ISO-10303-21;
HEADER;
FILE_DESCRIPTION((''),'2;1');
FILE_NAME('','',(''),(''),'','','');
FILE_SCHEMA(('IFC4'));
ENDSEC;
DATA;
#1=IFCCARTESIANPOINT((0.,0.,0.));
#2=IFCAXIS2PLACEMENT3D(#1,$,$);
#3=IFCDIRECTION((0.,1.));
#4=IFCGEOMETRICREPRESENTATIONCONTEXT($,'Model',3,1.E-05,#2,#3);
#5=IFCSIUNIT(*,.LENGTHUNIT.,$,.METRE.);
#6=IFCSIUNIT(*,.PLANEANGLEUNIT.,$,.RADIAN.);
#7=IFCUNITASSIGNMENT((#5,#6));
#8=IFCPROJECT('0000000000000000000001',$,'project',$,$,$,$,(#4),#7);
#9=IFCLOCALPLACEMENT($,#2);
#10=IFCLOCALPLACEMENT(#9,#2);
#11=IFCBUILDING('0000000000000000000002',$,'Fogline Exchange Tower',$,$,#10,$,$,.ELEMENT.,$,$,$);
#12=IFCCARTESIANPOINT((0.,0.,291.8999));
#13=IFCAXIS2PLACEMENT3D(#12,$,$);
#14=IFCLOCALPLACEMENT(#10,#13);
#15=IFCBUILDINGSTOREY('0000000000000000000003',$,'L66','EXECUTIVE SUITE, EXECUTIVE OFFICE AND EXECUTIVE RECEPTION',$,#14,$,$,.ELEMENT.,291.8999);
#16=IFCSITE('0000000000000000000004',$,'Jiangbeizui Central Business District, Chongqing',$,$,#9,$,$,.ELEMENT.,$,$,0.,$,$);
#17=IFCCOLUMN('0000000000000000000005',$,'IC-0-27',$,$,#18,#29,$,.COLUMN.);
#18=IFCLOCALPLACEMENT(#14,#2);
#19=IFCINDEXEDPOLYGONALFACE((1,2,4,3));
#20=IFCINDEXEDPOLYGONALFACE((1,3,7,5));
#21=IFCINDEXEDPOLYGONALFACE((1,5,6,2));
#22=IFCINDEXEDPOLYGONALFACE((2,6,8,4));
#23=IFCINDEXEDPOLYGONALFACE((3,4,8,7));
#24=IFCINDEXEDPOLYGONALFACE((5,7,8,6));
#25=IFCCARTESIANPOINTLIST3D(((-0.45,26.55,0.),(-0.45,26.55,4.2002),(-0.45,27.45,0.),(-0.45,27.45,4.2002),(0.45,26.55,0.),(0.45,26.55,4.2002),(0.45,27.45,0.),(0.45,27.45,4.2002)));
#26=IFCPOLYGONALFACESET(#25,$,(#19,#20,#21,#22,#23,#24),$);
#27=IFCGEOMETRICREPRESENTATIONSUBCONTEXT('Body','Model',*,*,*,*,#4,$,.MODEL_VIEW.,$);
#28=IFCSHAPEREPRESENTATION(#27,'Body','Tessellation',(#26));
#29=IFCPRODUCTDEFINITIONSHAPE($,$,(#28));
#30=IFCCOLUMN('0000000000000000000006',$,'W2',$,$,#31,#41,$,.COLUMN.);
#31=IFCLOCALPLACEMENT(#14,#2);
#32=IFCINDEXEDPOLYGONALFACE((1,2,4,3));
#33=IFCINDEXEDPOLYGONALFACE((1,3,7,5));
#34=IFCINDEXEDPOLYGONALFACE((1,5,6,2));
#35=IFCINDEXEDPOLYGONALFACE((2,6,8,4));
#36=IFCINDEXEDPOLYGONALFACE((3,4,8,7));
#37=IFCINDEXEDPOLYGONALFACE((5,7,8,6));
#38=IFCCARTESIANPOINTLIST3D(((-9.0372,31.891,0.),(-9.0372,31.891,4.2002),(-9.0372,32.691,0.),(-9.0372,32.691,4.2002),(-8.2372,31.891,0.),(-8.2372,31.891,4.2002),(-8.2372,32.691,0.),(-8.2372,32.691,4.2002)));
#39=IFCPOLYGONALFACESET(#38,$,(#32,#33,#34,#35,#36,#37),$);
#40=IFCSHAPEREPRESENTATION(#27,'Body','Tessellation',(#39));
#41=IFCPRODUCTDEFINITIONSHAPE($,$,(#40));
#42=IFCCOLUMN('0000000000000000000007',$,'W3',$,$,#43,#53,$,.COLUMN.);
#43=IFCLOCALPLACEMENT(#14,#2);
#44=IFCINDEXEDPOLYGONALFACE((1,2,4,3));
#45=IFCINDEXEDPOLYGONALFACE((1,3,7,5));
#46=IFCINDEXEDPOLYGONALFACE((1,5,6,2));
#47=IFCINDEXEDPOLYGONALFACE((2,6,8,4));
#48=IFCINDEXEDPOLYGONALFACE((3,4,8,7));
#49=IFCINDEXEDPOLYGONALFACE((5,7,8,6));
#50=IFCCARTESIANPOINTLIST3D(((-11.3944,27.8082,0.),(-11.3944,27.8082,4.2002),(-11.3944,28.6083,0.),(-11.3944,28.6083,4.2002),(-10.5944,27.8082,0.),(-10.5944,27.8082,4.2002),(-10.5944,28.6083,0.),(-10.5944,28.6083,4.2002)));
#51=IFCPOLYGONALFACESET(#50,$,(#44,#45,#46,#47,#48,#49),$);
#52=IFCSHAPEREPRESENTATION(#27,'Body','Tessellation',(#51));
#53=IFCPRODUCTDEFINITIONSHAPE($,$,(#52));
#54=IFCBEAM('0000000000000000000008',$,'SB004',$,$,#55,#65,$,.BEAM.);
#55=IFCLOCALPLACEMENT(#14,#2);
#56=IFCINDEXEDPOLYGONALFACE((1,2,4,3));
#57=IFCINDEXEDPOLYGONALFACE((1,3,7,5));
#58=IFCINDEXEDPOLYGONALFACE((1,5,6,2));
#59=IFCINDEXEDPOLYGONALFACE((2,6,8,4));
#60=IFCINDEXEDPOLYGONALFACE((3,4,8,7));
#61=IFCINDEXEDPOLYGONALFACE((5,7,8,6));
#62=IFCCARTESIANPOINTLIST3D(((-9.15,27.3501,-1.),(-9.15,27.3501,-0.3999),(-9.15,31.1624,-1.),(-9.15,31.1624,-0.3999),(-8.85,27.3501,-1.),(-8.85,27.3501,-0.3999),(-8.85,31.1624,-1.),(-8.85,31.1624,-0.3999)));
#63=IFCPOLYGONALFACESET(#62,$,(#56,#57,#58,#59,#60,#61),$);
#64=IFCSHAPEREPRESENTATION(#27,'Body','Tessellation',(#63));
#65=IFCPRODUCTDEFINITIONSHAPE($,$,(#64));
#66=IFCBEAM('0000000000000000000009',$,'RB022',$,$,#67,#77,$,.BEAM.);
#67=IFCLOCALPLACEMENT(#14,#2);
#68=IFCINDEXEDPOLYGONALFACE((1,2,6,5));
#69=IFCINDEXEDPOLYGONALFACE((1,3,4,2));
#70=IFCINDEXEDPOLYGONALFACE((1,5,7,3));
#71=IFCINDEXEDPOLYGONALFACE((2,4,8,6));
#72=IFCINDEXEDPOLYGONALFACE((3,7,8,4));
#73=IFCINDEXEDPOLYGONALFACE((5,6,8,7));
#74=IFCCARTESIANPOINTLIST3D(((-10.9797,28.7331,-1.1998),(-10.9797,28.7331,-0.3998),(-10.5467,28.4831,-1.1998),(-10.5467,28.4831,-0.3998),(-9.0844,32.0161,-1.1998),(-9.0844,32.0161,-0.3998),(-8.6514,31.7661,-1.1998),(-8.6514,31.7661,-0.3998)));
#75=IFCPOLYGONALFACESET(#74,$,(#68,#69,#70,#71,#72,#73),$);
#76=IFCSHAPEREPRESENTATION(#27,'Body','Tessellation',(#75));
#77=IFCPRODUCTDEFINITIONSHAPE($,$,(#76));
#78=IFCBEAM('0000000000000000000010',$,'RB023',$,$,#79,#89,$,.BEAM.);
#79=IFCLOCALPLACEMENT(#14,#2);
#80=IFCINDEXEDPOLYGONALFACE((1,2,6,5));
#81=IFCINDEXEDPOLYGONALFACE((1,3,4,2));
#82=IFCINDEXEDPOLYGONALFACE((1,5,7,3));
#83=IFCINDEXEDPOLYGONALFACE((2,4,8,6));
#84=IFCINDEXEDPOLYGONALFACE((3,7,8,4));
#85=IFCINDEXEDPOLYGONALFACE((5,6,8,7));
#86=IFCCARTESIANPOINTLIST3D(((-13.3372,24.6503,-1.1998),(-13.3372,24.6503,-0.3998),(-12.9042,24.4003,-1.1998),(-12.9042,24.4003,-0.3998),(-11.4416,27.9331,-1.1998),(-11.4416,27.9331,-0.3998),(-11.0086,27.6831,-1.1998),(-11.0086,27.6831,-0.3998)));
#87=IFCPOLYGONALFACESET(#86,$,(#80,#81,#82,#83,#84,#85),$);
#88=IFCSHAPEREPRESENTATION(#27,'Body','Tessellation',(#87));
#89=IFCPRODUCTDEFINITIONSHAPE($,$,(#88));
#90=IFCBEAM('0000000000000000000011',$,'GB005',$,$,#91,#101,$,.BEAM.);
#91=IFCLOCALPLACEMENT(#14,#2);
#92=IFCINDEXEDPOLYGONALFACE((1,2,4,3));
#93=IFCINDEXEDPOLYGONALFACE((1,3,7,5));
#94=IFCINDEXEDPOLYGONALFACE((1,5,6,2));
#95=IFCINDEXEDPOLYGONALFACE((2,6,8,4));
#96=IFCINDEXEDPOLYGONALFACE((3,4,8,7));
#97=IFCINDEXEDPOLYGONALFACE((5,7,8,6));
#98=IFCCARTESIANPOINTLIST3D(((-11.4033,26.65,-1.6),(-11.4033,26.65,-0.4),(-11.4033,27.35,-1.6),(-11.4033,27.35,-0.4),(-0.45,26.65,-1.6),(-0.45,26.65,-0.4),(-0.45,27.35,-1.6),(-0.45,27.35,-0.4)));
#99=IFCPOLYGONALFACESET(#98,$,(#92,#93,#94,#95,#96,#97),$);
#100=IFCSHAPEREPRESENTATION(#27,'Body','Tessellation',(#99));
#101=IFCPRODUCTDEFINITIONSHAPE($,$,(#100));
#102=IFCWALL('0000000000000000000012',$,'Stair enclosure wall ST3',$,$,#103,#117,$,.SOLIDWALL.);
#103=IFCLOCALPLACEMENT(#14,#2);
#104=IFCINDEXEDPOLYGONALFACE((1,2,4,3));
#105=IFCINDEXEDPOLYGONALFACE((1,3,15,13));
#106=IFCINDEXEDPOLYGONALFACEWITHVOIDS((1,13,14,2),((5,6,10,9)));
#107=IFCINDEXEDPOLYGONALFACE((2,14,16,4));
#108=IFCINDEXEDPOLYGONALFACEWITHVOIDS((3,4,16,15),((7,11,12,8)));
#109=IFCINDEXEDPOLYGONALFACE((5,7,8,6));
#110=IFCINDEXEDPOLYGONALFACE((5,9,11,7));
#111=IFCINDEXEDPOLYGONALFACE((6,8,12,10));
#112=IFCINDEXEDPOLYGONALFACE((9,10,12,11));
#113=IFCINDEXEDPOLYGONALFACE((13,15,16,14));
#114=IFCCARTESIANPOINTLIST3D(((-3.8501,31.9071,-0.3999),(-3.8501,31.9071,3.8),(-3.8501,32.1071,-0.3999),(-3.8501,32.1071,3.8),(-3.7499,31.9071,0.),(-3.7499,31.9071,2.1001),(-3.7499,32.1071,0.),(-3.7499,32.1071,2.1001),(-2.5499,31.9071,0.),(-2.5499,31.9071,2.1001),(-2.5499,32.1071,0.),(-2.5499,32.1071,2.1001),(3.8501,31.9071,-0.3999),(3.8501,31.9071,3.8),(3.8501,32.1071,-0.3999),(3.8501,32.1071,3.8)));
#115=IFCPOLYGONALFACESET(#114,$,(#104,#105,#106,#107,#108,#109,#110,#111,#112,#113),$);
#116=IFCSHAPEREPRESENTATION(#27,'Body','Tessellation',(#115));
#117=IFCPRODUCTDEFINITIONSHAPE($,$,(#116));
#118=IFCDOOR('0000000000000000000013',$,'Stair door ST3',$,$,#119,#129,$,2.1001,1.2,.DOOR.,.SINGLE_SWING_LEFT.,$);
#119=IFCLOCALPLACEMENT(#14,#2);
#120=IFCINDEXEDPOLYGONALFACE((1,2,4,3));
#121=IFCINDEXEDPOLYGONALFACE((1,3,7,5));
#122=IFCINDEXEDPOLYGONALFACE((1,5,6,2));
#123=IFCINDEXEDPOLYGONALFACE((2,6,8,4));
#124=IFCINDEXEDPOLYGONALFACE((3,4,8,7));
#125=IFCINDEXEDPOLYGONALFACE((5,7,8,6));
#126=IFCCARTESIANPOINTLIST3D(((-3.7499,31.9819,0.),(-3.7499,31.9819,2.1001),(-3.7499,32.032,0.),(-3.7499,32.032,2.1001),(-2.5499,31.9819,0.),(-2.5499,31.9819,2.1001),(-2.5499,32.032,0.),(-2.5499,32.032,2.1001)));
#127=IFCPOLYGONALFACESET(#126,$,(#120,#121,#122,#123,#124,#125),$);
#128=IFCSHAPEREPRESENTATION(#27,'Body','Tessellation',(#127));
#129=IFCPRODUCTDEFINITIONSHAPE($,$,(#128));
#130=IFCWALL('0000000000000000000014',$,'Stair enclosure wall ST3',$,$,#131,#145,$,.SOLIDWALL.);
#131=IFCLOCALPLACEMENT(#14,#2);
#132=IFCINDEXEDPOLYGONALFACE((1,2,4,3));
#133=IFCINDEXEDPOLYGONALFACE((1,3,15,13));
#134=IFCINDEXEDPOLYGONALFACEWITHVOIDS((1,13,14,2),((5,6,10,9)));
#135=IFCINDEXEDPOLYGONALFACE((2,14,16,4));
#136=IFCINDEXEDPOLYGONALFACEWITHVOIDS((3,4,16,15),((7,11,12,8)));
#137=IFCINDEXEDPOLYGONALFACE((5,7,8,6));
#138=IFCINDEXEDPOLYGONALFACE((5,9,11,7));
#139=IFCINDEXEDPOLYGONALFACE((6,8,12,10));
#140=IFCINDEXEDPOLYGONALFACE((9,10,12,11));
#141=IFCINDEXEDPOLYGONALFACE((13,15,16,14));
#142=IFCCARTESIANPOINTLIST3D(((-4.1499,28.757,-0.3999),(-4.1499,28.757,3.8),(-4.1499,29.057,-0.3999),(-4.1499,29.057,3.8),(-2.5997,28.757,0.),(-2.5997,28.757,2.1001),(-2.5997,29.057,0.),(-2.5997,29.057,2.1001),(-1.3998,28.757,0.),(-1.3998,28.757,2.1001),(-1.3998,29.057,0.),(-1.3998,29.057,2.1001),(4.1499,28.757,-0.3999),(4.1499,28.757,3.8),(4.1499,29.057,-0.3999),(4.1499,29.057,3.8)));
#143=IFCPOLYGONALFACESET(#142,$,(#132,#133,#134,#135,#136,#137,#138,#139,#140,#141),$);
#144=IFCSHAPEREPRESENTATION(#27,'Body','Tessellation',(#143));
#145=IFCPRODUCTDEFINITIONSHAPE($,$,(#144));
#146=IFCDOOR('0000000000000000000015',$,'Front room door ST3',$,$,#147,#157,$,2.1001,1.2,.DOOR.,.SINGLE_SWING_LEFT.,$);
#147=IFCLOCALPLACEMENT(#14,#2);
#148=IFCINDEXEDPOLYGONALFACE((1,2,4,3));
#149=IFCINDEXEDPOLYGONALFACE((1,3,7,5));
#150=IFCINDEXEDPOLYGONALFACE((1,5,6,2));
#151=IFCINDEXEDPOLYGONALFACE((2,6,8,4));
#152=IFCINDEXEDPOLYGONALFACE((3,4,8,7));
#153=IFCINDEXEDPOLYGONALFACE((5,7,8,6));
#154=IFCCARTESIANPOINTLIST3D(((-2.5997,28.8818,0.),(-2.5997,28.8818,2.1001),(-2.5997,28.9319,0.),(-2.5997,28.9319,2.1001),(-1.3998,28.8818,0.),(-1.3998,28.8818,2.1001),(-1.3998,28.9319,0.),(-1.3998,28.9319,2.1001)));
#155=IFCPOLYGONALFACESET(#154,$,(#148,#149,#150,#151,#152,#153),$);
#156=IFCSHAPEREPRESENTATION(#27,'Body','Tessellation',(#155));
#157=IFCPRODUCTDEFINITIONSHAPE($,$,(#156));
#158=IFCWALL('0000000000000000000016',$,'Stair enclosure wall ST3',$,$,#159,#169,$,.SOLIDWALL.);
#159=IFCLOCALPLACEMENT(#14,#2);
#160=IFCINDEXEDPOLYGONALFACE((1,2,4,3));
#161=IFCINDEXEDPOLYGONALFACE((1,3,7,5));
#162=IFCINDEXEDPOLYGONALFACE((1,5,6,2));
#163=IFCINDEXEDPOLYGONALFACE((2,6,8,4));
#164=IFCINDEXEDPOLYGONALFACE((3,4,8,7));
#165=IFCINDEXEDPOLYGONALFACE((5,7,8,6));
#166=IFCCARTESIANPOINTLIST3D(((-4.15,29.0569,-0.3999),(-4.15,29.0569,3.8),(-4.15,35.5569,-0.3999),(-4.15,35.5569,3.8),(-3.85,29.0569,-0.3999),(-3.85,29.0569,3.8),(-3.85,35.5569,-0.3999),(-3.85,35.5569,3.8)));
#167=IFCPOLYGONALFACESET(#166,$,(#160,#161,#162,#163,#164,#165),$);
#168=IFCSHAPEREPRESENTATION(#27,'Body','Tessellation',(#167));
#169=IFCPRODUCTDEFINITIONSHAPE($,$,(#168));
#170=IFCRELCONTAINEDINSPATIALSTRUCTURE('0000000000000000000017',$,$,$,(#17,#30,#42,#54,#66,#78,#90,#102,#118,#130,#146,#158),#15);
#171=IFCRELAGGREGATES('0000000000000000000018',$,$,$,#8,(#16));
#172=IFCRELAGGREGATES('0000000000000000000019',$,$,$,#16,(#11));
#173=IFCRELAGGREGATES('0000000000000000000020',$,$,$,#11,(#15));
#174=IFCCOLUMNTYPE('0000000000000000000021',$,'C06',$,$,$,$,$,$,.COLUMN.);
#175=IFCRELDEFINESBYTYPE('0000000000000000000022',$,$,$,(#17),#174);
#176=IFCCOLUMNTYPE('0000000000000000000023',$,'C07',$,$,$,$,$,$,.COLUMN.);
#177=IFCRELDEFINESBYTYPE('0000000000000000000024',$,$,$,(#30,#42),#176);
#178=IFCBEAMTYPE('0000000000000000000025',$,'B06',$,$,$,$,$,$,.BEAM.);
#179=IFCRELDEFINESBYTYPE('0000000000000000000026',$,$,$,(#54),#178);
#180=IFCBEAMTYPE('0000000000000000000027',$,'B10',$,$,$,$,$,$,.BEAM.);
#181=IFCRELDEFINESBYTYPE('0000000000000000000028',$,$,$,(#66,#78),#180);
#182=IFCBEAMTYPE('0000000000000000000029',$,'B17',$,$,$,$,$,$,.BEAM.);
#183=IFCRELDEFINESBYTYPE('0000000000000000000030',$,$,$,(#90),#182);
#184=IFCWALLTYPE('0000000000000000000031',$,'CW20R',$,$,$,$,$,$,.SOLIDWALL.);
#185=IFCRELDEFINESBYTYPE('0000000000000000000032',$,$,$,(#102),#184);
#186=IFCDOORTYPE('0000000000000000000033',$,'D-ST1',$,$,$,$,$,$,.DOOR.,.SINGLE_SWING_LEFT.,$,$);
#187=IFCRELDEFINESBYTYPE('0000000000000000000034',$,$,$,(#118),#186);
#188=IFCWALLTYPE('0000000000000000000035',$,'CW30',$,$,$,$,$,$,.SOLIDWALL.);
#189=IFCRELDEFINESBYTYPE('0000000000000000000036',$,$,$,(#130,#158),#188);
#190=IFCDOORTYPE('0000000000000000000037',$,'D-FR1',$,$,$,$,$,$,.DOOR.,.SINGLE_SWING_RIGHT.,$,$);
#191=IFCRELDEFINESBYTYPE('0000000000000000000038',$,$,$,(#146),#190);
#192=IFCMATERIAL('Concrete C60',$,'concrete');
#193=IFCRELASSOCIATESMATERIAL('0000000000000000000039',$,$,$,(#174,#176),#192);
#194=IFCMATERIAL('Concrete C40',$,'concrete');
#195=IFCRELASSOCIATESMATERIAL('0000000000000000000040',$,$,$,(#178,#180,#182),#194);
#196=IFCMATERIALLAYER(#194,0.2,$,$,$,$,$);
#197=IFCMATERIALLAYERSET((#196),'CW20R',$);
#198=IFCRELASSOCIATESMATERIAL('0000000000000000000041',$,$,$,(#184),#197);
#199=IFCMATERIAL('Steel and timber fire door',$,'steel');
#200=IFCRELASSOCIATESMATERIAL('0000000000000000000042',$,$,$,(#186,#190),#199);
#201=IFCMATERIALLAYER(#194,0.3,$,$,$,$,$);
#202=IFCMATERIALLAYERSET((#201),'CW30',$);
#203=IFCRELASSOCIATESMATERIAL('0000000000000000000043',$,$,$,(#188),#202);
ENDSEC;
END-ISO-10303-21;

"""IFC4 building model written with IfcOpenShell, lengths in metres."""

from ifc_helpers import new_model, si_unit, direction, frame, frame_2d, origin, origin_2d, place, context, subcontext, project, spatial, rectangle, extrude, material, layer, layer_set, material_profile, profile_set, type_object, element, fill, save


model = new_model("IFC4")

# Units and contexts
model_context = context("Model", 3, precision=1e-05, world=origin(), true_north=direction((0.0, 1.0)))
body_context = subcontext(model_context, "Body", "Model", "MODEL_VIEW")
ifc_project = project(units=[si_unit("LENGTHUNIT", "METRE"), si_unit("PLANEANGLEUNIT", "RADIAN")], contexts=[model_context])

# Site, building, storey
site_placement = place(None, origin())
site = spatial("IfcSite", under=ifc_project, at=site_placement, Name="Jiangbeizui Central Business District, Chongqing", CompositionType="ELEMENT", RefElevation=0.0)
building_placement = place(site_placement, origin())
building = spatial("IfcBuilding", under=site, at=building_placement, Name="Fogline Exchange Tower", CompositionType="ELEMENT")
storey_placement = place(building_placement, frame((0.0, 0.0, 291.8999)))
storey = spatial("IfcBuildingStorey", under=building, at=storey_placement, Name="L66", Description="EXECUTIVE SUITE, EXECUTIVE OFFICE AND EXECUTIVE RECEPTION", CompositionType="ELEMENT", Elevation=291.8999)

# Columns
ifc_material_1 = material(Name="Concrete C60", Category="concrete")
ifc_material_profile_1 = material_profile(ifc_material_1, rectangle(XDim=0.8999, YDim=0.8999, at=origin_2d()), Name="RC 900x900")
ifc_profile_set_1 = profile_set([ifc_material_profile_1], Name="Concrete C60")
column_type_1 = type_object("IfcColumnType", Name="C06", PredefinedType="COLUMN", material=ifc_profile_set_1)
column_placement = place(storey_placement, frame((0.0, 27.0, 0.0), z_axis=(0.0, 0.0, 1.0), x_axis=(1.0, 0.0, 0.0)))
element("IfcColumn", 1, at=column_placement, inside=storey, type_object=column_type_1, Name="IC-0-27", PredefinedType="COLUMN", context=body_context, shape_type="SweptSolid", body=[
    extrude(rectangle(XDim=0.8999, YDim=0.8999, at=origin_2d()), origin(), (0.0, 0.0, 1.0), 4.2002),
])
ifc_material_profile_2 = material_profile(ifc_material_1, rectangle(XDim=0.8, YDim=0.8, at=origin_2d()), Name="RC 800x800")
ifc_profile_set_2 = profile_set([ifc_material_profile_2], Name="Concrete C60")
column_type_2 = type_object("IfcColumnType", Name="C07", PredefinedType="COLUMN", material=ifc_profile_set_2)
for number, where, z_axis, x_axis, name in (
    (2, (-8.6372, 32.291, 0.0), (0.0, 0.0, 1.0), (1.0, 0.0, 0.0), "W2"),
    (3, (-10.9944, 28.2083, 0.0), (0.0, 0.0, 1.0), (1.0, 0.0, 0.0), "W3"),
):
    element("IfcColumn", number, at=place(storey_placement, frame(where, z_axis=z_axis, x_axis=x_axis)), inside=storey, type_object=column_type_2, Name=name, PredefinedType="COLUMN", context=body_context, shape_type="SweptSolid", body=[
        extrude(rectangle(XDim=0.8, YDim=0.8, at=origin_2d()), origin(), (0.0, 0.0, 1.0), 4.2002),
    ])

# Beams
ifc_material_2 = material(Name="Concrete C40", Category="concrete")
ifc_material_profile_3 = material_profile(ifc_material_2, rectangle(XDim=0.3, YDim=0.6001, at=origin_2d()), Name="RC 300x600")
ifc_profile_set_3 = profile_set([ifc_material_profile_3], Name="Concrete C40")
beam_type_1 = type_object("IfcBeamType", Name="B06", PredefinedType="BEAM", material=ifc_profile_set_3)
beam_1_placement = place(storey_placement, frame((-9.0, 27.3501, -0.7), z_axis=(0.0, 1.0, 0.0), x_axis=(-1.0, 0.0, 0.0)))
element("IfcBeam", 4, at=beam_1_placement, inside=storey, type_object=beam_type_1, Name="SB004", PredefinedType="BEAM", context=body_context, shape_type="SweptSolid", body=[
    extrude(rectangle(XDim=0.3, YDim=0.6001, at=origin_2d()), origin(), (0.0, 0.0, 1.0), 3.8123),
])
ifc_material_profile_4 = material_profile(ifc_material_2, rectangle(XDim=0.5, YDim=0.8, at=origin_2d()), Name="RC 500x800")
ifc_profile_set_4 = profile_set([ifc_material_profile_4], Name="Concrete C40")
beam_type_2 = type_object("IfcBeamType", Name="B10", PredefinedType="BEAM", material=ifc_profile_set_4)
for number, where, z_axis, x_axis, name in (
    (5, (-8.8679, 31.8911, -0.7998), (-0.49997, -0.866043, 0.0), (0.866043, -0.49997, 0.0), "RB022"),
    (6, (-11.2251, 27.8081, -0.7998), (-0.500046, -0.865999, 0.0), (0.865999, -0.500046, 0.0), "RB023"),
):
    element("IfcBeam", number, at=place(storey_placement, frame(where, z_axis=z_axis, x_axis=x_axis)), inside=storey, type_object=beam_type_2, Name=name, PredefinedType="BEAM", context=body_context, shape_type="SweptSolid", body=[
        extrude(rectangle(XDim=0.5, YDim=0.8, at=origin_2d()), origin(), (0.0, 0.0, 1.0), 3.7908),
    ])
ifc_material_profile_5 = material_profile(ifc_material_2, rectangle(XDim=0.7, YDim=1.2, at=origin_2d()), Name="RC 700x1200")
ifc_profile_set_5 = profile_set([ifc_material_profile_5], Name="Concrete C40")
beam_type_3 = type_object("IfcBeamType", Name="B17", PredefinedType="BEAM", material=ifc_profile_set_5)
beam_2_placement = place(storey_placement, frame((-11.4033, 27.0, -1.0), z_axis=(1.0, 0.0, 0.0), x_axis=(0.0, 1.0, 0.0)))
element("IfcBeam", 7, at=beam_2_placement, inside=storey, type_object=beam_type_3, Name="GB005", PredefinedType="BEAM", context=body_context, shape_type="SweptSolid", body=[
    extrude(rectangle(XDim=0.7, YDim=1.2, at=origin_2d()), origin(), (0.0, 0.0, 1.0), 10.9534),
])

# Walls, openings, doors
ifc_layer_1 = layer(ifc_material_2, 0.2)
ifc_layer_set_1 = layer_set([ifc_layer_1], Name="CW20R")
wall_type_1 = type_object("IfcWallType", Name="CW20R", PredefinedType="SOLIDWALL", material=ifc_layer_set_1)
wall_1_placement = place(storey_placement, frame((-3.8501, 32.0071, -0.3999), z_axis=(0.0, 0.0, 1.0), x_axis=(1.0, 0.0, 0.0)))
wall_1 = element("IfcWall", 8, at=wall_1_placement, inside=storey, type_object=wall_type_1, Name="Stair enclosure wall ST3", PredefinedType="SOLIDWALL", context=body_context, shape_type="SweptSolid", body=[
    extrude(rectangle(XDim=7.7002, YDim=0.2, at=frame_2d((3.8501, 0.0))), origin(), (0.0, 0.0, 1.0), 4.2),
])
opening_1_placement = place(wall_1_placement, frame((0.1001, 0.0, 0.3999)))
opening_1 = element("IfcOpeningElement", 9, at=opening_1_placement, cuts=wall_1, PredefinedType="OPENING", context=body_context, shape_type="SweptSolid", body=[
    extrude(rectangle(XDim=1.2, YDim=2.1001, at=frame_2d((0.6001, 1.05))), frame((0.0, 0.1099, 0.0), z_axis=(0.0, -1.0, 0.0), x_axis=(1.0, 0.0, 0.0)), (0.0, 0.0, 1.0), 0.22),
])
ifc_material_3 = material(Name="Steel and timber fire door", Category="steel")
door_type_1 = type_object("IfcDoorType", Name="D-ST1", OperationType="SINGLE_SWING_LEFT", PredefinedType="DOOR", material=ifc_material_3)
door_1_placement = place(opening_1_placement, origin())
door_1 = element("IfcDoor", 10, at=door_1_placement, inside=storey, type_object=door_type_1, Name="Stair door ST3", OperationType="SINGLE_SWING_LEFT", OverallHeight=2.1001, OverallWidth=1.2, PredefinedType="DOOR", context=body_context, shape_type="SweptSolid", body=[
    extrude(rectangle(XDim=1.2, YDim=2.1001, at=frame_2d((0.6001, 1.05))), frame((0.0, 0.0249, 0.0), z_axis=(0.0, -1.0, 0.0), x_axis=(1.0, 0.0, 0.0)), (0.0, 0.0, 1.0), 0.05),
])
fill(opening_1, door_1)
ifc_layer_2 = layer(ifc_material_2, 0.3)
ifc_layer_set_2 = layer_set([ifc_layer_2], Name="CW30")
wall_type_2 = type_object("IfcWallType", Name="CW30", PredefinedType="SOLIDWALL", material=ifc_layer_set_2)
wall_2_placement = place(storey_placement, frame((-4.1499, 28.907, -0.3999), z_axis=(0.0, 0.0, 1.0), x_axis=(1.0, 0.0, 0.0)))
wall_2 = element("IfcWall", 11, at=wall_2_placement, inside=storey, type_object=wall_type_2, Name="Stair enclosure wall ST3", PredefinedType="SOLIDWALL", context=body_context, shape_type="SweptSolid", body=[
    extrude(rectangle(XDim=8.2998, YDim=0.3, at=frame_2d((4.1499, 0.0))), origin(), (0.0, 0.0, 1.0), 4.2),
])
opening_2_placement = place(wall_2_placement, frame((1.55, 0.0, 0.3999)))
opening_2 = element("IfcOpeningElement", 12, at=opening_2_placement, cuts=wall_2, PredefinedType="OPENING", context=body_context, shape_type="SweptSolid", body=[
    extrude(rectangle(XDim=1.2, YDim=2.1001, at=frame_2d((0.6001, 1.05))), frame((0.0, 0.1602, 0.0), z_axis=(0.0, -1.0, 0.0), x_axis=(1.0, 0.0, 0.0)), (0.0, 0.0, 1.0), 0.3201),
])
door_type_2 = type_object("IfcDoorType", Name="D-FR1", OperationType="SINGLE_SWING_RIGHT", PredefinedType="DOOR", material=ifc_material_3)
door_2_placement = place(opening_2_placement, origin())
door_2 = element("IfcDoor", 13, at=door_2_placement, inside=storey, type_object=door_type_2, Name="Front room door ST3", OperationType="SINGLE_SWING_LEFT", OverallHeight=2.1001, OverallWidth=1.2, PredefinedType="DOOR", context=body_context, shape_type="SweptSolid", body=[
    extrude(rectangle(XDim=1.2, YDim=2.1001, at=frame_2d((0.6001, 1.05))), frame((0.0, 0.0249, 0.0), z_axis=(0.0, -1.0, 0.0), x_axis=(1.0, 0.0, 0.0)), (0.0, 0.0, 1.0), 0.05),
])
fill(opening_2, door_2)

# Wall
wall_3_placement = place(storey_placement, frame((-4.0, 29.0569, -0.3999), z_axis=(0.0, 0.0, 1.0), x_axis=(0.0, 1.0, 0.0)))
element("IfcWall", 14, at=wall_3_placement, inside=storey, type_object=wall_type_2, Name="Stair enclosure wall ST3", PredefinedType="SOLIDWALL", context=body_context, shape_type="SweptSolid", body=[
    extrude(rectangle(XDim=6.5, YDim=0.3, at=frame_2d((3.25, 0.0))), origin(), (0.0, 0.0, 1.0), 4.2),
])

save(model, "model.ifc")
